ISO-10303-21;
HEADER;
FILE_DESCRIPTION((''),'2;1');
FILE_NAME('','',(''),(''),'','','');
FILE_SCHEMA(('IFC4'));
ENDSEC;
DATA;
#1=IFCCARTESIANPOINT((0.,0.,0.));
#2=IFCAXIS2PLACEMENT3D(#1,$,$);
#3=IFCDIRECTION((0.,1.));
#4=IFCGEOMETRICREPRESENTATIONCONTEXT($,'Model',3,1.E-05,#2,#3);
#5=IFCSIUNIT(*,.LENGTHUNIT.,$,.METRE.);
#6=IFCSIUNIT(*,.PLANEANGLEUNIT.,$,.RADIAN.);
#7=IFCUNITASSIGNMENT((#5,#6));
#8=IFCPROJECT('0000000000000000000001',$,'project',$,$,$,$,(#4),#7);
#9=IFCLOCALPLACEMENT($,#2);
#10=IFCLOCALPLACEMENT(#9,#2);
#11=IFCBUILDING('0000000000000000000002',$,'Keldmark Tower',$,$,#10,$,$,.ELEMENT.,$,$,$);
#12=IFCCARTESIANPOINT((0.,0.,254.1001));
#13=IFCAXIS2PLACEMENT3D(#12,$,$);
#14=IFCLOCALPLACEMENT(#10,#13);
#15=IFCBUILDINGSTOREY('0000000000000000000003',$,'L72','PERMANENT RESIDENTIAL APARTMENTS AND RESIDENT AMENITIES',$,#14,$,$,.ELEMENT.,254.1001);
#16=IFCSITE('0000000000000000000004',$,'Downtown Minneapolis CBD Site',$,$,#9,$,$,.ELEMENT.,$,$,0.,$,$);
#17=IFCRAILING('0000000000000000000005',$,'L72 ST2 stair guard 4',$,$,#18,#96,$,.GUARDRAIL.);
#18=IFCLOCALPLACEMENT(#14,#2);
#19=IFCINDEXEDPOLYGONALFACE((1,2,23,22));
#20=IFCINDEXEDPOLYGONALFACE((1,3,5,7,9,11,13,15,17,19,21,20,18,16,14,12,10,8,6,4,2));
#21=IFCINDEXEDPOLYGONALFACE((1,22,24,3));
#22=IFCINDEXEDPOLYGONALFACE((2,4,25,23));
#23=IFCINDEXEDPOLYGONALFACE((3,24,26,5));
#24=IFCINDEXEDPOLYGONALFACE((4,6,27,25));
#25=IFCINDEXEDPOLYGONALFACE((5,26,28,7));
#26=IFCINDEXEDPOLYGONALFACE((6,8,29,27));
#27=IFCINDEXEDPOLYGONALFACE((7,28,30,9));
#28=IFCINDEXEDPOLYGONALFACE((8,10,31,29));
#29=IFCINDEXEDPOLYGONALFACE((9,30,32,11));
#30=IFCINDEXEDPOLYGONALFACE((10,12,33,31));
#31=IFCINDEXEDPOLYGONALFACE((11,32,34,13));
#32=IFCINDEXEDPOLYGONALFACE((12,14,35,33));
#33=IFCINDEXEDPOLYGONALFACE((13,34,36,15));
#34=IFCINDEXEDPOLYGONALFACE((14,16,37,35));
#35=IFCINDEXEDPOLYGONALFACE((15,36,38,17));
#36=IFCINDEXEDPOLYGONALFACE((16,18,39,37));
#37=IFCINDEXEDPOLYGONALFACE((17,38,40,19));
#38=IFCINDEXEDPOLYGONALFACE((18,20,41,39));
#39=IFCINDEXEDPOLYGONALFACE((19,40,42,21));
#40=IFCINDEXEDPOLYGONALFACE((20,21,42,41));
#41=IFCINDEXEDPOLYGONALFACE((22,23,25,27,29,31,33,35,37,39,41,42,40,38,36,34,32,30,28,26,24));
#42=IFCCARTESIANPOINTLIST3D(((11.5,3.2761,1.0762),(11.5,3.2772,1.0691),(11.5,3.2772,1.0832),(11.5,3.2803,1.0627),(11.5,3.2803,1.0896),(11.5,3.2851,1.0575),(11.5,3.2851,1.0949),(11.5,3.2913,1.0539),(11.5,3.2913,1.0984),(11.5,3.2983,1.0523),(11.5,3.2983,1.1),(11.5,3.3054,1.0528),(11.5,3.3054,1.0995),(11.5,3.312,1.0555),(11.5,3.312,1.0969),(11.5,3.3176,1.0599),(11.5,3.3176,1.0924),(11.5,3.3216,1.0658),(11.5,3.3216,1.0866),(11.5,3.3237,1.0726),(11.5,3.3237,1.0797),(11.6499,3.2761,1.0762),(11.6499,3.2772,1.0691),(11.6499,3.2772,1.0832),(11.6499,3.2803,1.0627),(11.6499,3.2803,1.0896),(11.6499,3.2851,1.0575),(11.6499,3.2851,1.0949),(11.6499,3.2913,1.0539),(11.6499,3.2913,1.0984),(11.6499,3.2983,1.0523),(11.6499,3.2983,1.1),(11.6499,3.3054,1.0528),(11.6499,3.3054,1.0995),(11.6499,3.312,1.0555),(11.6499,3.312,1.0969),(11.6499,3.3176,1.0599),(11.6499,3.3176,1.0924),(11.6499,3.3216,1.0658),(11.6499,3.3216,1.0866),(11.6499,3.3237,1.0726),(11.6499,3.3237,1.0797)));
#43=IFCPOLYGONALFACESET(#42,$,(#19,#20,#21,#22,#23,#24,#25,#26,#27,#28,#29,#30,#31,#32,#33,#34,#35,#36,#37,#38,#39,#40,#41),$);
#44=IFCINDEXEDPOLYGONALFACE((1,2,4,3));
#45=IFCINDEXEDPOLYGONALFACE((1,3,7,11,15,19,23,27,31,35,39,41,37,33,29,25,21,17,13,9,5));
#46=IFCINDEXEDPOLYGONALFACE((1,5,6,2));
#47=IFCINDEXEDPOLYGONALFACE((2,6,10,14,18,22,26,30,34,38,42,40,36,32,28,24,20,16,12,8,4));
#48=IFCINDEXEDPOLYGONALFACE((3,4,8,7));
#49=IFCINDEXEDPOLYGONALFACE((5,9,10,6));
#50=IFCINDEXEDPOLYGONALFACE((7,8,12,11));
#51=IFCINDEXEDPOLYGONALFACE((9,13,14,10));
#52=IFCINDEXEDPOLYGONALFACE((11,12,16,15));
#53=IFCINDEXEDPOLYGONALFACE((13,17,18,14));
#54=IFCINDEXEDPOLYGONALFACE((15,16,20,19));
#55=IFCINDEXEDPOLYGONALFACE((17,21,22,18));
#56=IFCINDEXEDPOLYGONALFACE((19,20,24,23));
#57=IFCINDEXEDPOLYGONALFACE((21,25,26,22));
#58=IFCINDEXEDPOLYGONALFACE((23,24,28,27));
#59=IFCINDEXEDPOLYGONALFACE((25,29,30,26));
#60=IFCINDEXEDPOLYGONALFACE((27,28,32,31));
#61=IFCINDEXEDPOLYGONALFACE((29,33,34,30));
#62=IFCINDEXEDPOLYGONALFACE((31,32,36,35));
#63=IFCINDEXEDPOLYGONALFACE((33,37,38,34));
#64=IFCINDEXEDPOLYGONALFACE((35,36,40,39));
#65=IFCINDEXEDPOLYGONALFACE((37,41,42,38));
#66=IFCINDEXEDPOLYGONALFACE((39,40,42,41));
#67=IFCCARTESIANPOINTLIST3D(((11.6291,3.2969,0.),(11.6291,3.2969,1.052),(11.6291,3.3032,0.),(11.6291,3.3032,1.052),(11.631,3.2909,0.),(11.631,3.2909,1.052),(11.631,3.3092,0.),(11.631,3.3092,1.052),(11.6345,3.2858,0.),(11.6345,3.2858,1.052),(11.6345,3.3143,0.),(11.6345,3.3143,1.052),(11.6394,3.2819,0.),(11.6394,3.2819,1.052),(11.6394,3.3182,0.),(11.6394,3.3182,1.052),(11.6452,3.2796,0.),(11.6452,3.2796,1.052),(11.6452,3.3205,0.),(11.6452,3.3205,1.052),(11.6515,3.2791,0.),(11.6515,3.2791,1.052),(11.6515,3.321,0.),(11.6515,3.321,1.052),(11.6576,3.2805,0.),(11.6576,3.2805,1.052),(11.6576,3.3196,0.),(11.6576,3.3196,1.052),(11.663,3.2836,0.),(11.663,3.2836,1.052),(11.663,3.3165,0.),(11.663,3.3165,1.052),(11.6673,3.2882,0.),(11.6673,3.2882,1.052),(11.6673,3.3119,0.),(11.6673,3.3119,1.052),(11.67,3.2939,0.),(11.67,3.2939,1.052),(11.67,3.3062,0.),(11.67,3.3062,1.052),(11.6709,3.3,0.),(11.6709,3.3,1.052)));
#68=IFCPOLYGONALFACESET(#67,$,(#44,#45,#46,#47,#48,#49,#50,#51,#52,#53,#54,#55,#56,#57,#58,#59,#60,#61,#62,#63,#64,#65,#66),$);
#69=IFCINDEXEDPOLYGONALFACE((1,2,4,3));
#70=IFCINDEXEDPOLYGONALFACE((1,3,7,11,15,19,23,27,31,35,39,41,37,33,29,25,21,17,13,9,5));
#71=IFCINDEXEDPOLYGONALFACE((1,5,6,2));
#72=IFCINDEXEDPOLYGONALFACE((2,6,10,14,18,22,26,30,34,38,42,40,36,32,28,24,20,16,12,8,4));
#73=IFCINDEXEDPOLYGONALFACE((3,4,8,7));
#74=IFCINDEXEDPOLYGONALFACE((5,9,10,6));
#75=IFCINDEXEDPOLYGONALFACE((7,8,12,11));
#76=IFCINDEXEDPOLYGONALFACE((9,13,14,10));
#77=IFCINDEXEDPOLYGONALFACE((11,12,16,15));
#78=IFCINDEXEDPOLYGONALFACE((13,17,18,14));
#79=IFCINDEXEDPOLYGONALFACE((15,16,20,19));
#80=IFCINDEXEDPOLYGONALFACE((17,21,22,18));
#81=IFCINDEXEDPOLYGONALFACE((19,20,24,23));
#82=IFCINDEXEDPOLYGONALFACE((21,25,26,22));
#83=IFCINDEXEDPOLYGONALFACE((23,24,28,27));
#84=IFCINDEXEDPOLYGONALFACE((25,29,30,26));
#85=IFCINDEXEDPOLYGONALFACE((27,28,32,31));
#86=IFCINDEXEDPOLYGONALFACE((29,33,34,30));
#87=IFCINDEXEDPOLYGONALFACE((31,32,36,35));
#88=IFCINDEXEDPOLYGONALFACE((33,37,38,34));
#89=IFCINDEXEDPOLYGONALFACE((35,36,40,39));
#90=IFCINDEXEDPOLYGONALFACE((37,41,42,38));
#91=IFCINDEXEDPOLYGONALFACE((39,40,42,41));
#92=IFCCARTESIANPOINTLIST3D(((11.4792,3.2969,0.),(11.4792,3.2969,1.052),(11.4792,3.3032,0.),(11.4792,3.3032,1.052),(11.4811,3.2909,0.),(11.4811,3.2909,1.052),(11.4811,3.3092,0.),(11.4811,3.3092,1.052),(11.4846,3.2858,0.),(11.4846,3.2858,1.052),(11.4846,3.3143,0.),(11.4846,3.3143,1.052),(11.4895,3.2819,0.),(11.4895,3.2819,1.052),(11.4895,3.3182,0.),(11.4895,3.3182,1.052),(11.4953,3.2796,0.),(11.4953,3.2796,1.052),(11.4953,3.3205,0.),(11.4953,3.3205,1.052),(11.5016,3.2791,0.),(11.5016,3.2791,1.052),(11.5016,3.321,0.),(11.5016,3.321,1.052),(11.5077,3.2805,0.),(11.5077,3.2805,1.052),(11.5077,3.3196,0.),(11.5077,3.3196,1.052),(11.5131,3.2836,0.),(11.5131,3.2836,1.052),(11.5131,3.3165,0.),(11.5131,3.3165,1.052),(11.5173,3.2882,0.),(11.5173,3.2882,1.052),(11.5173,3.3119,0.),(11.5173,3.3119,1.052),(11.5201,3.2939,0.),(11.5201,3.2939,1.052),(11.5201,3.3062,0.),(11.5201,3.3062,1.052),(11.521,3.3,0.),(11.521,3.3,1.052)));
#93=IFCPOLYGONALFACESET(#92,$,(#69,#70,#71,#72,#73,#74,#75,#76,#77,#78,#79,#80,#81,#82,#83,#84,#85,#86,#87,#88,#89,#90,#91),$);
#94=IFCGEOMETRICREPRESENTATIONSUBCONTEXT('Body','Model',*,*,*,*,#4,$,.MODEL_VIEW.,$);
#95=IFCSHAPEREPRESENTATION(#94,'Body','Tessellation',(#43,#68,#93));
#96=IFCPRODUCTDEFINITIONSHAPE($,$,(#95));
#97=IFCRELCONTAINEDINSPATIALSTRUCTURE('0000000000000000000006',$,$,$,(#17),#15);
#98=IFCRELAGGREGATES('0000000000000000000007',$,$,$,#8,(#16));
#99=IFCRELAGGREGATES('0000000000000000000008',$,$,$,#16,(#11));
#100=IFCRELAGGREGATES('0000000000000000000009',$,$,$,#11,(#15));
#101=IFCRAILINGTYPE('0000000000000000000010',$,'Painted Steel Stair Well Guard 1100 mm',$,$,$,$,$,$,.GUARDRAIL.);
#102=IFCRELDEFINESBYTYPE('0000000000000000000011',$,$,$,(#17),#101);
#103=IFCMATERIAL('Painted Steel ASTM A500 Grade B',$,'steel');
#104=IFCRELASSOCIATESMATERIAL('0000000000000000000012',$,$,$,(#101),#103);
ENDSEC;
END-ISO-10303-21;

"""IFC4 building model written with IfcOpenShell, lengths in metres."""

from ifc_helpers import new_model, si_unit, direction, frame, origin, origin_2d, place, context, subcontext, project, spatial, circle, extrude, material, type_object, element, save


model = new_model("IFC4")

# Units and contexts
model_context = context("Model", 3, precision=1e-05, world=origin(), true_north=direction((0.0, 1.0)))
body_context = subcontext(model_context, "Body", "Model", "MODEL_VIEW")
ifc_project = project(units=[si_unit("LENGTHUNIT", "METRE"), si_unit("PLANEANGLEUNIT", "RADIAN")], contexts=[model_context])

# Site, building, storey
site_placement = place(None, origin())
site = spatial("IfcSite", under=ifc_project, at=site_placement, Name="Downtown Minneapolis CBD Site", CompositionType="ELEMENT", RefElevation=0.0)
building_placement = place(site_placement, origin())
building = spatial("IfcBuilding", under=site, at=building_placement, Name="Keldmark Tower", CompositionType="ELEMENT")
storey_placement = place(building_placement, frame((0.0, 0.0, 254.1001)))
storey = spatial("IfcBuildingStorey", under=building, at=storey_placement, Name="L72", Description="PERMANENT RESIDENTIAL APARTMENTS AND RESIDENT AMENITIES", CompositionType="ELEMENT", Elevation=254.1001)

# Railing
ifc_material_1 = material(Name="Painted Steel ASTM A500 Grade B", Category="steel")
railing_type_1 = type_object("IfcRailingType", Name="Painted Steel Stair Well Guard 1100 mm", PredefinedType="GUARDRAIL", material=ifc_material_1)
railing_1_placement = place(storey_placement, frame((11.6499, 3.3, 0.0)))
element("IfcRailing", 1, at=railing_1_placement, inside=storey, type_object=railing_type_1, Name="L72 ST2 stair guard 4", PredefinedType="GUARDRAIL", context=body_context, shape_type="SweptSolid", body=[
    extrude(circle(Radius=0.0239, at=origin_2d()), frame((0.0, 0.0, 1.0762), z_axis=(-1.0, 0.0, 0.0), x_axis=(0.0, -1.0, 0.0)), (0.0, 0.0, 1.0), 0.1499),
    extrude(circle(Radius=0.021, at=origin_2d()), origin(), (0.0, 0.0, 1.0), 1.052),
    extrude(circle(Radius=0.021, at=origin_2d()), frame((-0.1499, 0.0, 0.0)), (0.0, 0.0, 1.0), 1.052),
])

save(model, "model.ifc")
